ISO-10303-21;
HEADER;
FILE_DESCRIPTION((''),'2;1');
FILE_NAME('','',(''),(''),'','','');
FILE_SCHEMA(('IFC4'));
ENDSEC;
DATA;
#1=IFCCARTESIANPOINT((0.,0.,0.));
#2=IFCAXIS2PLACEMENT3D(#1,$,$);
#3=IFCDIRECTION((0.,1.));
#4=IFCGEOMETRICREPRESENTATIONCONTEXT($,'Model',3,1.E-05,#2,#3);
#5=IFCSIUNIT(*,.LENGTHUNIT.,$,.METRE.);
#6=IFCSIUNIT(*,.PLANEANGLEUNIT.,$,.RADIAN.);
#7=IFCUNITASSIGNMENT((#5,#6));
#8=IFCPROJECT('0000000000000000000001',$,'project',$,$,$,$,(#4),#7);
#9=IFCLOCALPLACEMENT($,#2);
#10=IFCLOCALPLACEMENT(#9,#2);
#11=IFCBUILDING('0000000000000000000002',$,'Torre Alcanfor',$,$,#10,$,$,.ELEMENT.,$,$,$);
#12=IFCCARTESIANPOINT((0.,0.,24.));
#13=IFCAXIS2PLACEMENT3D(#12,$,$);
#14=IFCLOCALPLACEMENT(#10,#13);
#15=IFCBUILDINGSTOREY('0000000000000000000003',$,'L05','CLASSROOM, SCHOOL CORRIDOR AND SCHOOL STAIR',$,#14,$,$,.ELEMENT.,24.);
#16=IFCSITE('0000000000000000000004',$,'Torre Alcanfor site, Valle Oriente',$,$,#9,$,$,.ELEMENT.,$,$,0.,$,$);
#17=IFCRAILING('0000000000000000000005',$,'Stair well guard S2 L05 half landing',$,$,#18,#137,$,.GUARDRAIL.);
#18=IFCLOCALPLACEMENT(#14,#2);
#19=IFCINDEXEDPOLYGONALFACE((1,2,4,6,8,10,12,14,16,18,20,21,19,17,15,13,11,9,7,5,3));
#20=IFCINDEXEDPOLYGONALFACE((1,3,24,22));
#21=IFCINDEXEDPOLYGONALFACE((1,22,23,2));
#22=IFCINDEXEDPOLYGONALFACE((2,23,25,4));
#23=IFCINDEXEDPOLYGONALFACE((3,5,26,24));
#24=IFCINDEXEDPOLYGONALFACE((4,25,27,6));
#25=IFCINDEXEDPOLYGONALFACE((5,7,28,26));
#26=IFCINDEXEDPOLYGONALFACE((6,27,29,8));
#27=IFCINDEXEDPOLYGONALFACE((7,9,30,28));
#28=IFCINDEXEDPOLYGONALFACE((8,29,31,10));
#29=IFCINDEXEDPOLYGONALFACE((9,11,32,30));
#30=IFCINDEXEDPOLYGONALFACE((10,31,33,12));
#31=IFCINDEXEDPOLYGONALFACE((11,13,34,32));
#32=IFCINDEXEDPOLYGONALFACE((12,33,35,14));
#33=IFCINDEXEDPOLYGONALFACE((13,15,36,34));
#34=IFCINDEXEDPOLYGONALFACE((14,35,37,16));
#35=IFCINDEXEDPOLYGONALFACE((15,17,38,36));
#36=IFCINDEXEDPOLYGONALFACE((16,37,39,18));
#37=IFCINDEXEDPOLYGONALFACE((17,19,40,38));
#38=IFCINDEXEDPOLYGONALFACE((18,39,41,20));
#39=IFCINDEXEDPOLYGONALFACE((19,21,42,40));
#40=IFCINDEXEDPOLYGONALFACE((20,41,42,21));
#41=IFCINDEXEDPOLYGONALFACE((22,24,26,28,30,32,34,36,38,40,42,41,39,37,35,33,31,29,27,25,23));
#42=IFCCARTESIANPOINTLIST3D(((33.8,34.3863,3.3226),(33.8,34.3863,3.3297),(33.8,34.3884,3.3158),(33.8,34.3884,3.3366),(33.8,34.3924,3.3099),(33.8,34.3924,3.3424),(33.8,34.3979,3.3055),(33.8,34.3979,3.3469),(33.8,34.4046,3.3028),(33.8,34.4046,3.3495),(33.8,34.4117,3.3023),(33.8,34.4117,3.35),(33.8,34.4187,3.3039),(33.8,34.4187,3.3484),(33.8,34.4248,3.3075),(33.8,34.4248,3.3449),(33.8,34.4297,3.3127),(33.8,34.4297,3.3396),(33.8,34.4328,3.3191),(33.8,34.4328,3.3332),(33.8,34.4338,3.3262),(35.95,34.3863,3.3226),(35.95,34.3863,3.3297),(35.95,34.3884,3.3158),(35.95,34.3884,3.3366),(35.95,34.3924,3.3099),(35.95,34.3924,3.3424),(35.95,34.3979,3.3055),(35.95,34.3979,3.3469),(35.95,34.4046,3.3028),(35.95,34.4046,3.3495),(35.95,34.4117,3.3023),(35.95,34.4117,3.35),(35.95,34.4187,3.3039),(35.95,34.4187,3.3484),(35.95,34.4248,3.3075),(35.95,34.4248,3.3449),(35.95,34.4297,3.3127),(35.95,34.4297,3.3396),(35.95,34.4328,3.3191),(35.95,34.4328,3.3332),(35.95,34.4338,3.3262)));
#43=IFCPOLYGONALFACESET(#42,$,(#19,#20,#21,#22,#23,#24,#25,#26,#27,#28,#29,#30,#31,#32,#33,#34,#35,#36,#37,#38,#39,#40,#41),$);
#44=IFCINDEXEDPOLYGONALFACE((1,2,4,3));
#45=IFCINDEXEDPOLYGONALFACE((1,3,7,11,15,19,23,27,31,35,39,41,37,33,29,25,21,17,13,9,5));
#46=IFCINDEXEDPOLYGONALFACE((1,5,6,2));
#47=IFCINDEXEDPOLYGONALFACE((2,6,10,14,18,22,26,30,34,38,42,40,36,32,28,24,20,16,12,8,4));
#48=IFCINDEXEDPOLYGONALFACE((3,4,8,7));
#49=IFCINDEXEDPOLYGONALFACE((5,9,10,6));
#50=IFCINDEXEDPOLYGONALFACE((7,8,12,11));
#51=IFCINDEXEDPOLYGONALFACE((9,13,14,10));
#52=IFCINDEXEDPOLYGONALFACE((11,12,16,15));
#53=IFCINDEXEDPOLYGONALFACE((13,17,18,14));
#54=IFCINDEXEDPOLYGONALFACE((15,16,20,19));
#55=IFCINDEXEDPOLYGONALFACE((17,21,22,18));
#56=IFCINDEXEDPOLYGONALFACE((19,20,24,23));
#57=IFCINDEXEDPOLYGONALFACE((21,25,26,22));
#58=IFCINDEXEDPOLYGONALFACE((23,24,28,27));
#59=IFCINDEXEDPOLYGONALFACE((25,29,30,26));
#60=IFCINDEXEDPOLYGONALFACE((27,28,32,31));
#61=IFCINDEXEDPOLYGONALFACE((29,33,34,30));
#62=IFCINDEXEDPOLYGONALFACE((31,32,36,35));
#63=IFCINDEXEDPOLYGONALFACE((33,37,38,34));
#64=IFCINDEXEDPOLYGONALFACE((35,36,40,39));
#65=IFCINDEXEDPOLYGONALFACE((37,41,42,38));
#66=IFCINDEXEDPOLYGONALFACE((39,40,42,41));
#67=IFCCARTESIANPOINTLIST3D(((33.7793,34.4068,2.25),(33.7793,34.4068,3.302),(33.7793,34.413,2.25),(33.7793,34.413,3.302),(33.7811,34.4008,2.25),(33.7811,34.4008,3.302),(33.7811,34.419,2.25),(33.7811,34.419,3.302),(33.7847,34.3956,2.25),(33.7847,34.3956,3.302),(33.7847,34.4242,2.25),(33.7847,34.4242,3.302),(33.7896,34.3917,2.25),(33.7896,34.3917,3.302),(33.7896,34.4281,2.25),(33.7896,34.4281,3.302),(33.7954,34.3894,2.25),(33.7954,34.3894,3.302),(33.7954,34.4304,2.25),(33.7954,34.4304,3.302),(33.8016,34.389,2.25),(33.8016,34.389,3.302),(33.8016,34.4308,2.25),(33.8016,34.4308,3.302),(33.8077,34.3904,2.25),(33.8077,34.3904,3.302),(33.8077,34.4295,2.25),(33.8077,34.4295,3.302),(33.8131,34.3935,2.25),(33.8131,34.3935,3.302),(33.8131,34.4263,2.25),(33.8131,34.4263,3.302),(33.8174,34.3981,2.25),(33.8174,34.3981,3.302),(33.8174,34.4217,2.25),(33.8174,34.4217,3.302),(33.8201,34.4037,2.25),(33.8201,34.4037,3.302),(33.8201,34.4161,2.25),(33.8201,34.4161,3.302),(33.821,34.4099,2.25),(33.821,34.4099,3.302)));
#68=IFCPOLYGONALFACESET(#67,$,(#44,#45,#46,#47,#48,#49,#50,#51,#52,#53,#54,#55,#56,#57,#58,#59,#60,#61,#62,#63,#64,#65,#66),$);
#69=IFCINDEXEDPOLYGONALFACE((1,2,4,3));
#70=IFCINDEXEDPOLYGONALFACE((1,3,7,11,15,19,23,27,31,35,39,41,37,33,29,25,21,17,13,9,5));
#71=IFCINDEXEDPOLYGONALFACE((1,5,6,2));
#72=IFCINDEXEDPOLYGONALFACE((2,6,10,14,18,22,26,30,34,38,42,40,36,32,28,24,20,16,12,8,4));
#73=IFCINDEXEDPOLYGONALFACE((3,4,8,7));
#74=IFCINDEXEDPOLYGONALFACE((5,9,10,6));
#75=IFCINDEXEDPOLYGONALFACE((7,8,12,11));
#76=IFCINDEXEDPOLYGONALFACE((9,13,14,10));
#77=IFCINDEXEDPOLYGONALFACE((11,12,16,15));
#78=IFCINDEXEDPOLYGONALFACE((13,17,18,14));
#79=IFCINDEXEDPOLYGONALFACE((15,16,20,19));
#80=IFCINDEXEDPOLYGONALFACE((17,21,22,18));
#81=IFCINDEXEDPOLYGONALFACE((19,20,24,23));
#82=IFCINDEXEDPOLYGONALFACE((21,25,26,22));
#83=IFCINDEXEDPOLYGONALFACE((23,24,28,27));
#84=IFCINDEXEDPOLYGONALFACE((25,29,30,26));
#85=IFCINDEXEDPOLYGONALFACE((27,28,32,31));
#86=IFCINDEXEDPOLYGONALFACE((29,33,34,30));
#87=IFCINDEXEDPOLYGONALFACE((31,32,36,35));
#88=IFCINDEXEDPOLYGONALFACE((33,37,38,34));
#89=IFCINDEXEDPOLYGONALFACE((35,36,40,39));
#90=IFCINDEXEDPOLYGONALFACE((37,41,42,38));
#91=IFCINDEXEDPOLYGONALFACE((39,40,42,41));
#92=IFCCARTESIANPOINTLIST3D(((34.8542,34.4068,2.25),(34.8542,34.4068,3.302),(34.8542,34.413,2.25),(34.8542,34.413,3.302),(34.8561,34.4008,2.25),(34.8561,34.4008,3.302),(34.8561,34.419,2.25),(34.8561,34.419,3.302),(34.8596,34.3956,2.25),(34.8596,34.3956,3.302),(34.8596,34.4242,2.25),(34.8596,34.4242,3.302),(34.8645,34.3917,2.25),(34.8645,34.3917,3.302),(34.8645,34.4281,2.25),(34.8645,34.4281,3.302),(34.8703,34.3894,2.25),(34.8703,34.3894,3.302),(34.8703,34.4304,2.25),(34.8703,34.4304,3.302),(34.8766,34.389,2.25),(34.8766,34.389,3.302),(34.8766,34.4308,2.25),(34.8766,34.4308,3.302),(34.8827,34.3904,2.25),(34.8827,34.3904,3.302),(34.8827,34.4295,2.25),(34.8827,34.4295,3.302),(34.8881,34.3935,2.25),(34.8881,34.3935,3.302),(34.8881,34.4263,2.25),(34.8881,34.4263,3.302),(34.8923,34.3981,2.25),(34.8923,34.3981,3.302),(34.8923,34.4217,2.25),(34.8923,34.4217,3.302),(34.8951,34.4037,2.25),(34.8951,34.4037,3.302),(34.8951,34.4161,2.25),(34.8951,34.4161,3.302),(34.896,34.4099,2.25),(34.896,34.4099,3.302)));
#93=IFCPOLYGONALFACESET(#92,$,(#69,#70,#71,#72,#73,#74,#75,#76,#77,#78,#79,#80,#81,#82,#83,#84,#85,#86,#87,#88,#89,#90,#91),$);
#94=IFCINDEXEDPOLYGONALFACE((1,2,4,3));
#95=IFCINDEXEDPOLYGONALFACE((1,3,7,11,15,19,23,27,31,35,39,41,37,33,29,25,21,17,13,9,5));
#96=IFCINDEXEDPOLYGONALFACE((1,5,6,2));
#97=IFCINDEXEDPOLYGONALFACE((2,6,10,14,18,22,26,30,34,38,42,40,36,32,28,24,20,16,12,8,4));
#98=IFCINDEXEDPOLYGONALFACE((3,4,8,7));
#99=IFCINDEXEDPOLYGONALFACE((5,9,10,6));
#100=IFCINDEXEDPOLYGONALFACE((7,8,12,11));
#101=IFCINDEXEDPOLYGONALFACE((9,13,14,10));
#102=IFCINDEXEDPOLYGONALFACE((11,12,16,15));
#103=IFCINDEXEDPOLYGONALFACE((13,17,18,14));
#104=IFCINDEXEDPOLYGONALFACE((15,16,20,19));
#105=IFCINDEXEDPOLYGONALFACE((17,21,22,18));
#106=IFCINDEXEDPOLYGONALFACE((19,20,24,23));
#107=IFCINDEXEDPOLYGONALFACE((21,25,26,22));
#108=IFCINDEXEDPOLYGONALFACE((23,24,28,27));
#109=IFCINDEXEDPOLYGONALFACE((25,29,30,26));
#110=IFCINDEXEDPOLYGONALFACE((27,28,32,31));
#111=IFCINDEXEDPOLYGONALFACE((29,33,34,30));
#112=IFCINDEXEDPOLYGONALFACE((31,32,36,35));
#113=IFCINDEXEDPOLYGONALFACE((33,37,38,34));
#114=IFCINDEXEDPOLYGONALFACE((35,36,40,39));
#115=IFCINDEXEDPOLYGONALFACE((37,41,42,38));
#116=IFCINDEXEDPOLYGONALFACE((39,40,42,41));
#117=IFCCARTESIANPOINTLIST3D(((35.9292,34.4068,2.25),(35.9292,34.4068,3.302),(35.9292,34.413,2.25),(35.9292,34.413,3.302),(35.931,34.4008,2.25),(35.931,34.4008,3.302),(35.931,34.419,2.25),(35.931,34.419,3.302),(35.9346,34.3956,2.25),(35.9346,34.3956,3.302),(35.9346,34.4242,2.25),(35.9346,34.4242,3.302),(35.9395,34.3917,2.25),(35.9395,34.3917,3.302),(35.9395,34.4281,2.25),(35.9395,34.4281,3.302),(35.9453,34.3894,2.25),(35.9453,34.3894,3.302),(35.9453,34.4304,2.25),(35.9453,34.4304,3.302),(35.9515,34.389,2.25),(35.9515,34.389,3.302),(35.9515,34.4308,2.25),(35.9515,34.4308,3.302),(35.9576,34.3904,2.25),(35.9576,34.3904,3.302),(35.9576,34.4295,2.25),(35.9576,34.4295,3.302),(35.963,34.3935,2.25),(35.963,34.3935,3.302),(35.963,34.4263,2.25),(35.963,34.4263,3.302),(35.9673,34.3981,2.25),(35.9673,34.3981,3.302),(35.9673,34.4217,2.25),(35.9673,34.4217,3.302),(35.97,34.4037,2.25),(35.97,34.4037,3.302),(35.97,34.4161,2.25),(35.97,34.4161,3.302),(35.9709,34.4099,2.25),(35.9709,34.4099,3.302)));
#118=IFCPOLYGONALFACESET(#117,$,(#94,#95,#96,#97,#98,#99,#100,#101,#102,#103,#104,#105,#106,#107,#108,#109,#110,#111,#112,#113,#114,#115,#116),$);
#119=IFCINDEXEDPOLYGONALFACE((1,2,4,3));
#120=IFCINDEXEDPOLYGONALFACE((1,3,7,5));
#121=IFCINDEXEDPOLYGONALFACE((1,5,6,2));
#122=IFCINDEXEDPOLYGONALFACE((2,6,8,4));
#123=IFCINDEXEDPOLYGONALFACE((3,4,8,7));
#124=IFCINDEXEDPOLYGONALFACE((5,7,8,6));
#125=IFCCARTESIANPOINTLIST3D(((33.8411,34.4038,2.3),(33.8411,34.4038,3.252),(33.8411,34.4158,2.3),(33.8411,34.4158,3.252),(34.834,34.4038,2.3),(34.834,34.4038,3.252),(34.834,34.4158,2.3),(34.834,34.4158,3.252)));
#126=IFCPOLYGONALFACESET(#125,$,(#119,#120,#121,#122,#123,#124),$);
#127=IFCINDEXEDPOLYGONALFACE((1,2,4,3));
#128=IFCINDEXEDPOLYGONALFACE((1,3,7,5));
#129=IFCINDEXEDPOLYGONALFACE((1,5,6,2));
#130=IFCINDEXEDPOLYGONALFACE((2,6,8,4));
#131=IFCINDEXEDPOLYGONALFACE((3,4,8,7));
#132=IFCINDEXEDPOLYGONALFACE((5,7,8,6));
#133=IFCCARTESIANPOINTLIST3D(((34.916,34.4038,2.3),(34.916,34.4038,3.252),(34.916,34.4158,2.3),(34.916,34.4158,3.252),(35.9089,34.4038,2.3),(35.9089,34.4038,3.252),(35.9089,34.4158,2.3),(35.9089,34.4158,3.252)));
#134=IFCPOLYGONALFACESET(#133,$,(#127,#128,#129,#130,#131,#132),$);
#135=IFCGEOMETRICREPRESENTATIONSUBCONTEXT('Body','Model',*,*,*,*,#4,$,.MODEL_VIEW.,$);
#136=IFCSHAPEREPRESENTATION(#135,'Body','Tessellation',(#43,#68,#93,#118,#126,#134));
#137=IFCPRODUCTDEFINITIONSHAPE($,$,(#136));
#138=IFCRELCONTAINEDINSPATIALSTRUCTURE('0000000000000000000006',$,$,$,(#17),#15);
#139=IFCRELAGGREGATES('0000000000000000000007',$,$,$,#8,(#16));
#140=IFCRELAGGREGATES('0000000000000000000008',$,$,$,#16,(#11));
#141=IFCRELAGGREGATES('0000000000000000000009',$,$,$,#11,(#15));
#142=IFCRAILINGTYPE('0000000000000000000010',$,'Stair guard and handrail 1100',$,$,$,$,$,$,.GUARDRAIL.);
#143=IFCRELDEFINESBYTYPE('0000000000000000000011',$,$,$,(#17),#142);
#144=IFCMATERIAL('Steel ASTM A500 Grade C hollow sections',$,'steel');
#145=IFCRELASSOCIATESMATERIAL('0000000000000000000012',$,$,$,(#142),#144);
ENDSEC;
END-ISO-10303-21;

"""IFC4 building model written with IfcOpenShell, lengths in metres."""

from ifc_helpers import new_model, si_unit, direction, frame, origin, origin_2d, place, context, subcontext, project, spatial, polyline, circle, outline, extrude, material, type_object, element, save


model = new_model("IFC4")

# Units and contexts
model_context = context("Model", 3, precision=1e-05, world=origin(), true_north=direction((0.0, 1.0)))
body_context = subcontext(model_context, "Body", "Model", "MODEL_VIEW")
ifc_project = project(units=[si_unit("LENGTHUNIT", "METRE"), si_unit("PLANEANGLEUNIT", "RADIAN")], contexts=[model_context])

# Site, building, storey
site_placement = place(None, origin())
site = spatial("IfcSite", under=ifc_project, at=site_placement, Name="Torre Alcanfor site, Valle Oriente", CompositionType="ELEMENT", RefElevation=0.0)
building_placement = place(site_placement, origin())
building = spatial("IfcBuilding", under=site, at=building_placement, Name="Torre Alcanfor", CompositionType="ELEMENT")
storey_placement = place(building_placement, frame((0.0, 0.0, 24.0)))
storey = spatial("IfcBuildingStorey", under=building, at=storey_placement, Name="L05", Description="CLASSROOM, SCHOOL CORRIDOR AND SCHOOL STAIR", CompositionType="ELEMENT", Elevation=24.0)

# Railing
ifc_material_1 = material(Name="Steel ASTM A500 Grade C hollow sections", Category="steel")
railing_type_1 = type_object("IfcRailingType", Name="Stair guard and handrail 1100", PredefinedType="GUARDRAIL", material=ifc_material_1)
for number, where, name in (
    (1, (33.8, 34.4099, 2.25), "Stair well guard S2 L05 half landing"),
):
    element("IfcRailing", number, at=place(storey_placement, frame(where)), inside=storey, type_object=railing_type_1, Name=name, PredefinedType="GUARDRAIL", context=body_context, shape_type="SweptSolid", body=[
        extrude(circle(Radius=0.0239, at=origin_2d()), frame((0.0, 0.0, 1.0762), z_axis=(1.0, 0.0, 0.0), x_axis=(0.0, 1.0, 0.0)), (0.0, 0.0, 1.0), 2.1499),
        extrude(circle(Radius=0.021, at=origin_2d()), origin(), (0.0, 0.0, 1.0), 1.052),
        extrude(circle(Radius=0.021, at=origin_2d()), frame((1.075, 0.0, 0.0)), (0.0, 0.0, 1.0), 1.052),
        extrude(circle(Radius=0.021, at=origin_2d()), frame((2.1499, 0.0, 0.0)), (0.0, 0.0, 1.0), 1.052),
        extrude(outline(polyline([(0.041, 0.05), (1.0339, 0.05), (1.0339, 1.002), (0.041, 1.002), (0.041, 0.05)])), frame((0.0, 0.0059, 0.0), z_axis=(0.0, -1.0, 0.0), x_axis=(1.0, 0.0, 0.0)), (0.0, 0.0, 1.0), 0.012),
        extrude(outline(polyline([(1.116, 0.05), (2.1089, 0.05), (2.1089, 1.002), (1.116, 1.002), (1.116, 0.05)])), frame((0.0, 0.0059, 0.0), z_axis=(0.0, -1.0, 0.0), x_axis=(1.0, 0.0, 0.0)), (0.0, 0.0, 1.0), 0.012),
    ])

save(model, "model.ifc")
